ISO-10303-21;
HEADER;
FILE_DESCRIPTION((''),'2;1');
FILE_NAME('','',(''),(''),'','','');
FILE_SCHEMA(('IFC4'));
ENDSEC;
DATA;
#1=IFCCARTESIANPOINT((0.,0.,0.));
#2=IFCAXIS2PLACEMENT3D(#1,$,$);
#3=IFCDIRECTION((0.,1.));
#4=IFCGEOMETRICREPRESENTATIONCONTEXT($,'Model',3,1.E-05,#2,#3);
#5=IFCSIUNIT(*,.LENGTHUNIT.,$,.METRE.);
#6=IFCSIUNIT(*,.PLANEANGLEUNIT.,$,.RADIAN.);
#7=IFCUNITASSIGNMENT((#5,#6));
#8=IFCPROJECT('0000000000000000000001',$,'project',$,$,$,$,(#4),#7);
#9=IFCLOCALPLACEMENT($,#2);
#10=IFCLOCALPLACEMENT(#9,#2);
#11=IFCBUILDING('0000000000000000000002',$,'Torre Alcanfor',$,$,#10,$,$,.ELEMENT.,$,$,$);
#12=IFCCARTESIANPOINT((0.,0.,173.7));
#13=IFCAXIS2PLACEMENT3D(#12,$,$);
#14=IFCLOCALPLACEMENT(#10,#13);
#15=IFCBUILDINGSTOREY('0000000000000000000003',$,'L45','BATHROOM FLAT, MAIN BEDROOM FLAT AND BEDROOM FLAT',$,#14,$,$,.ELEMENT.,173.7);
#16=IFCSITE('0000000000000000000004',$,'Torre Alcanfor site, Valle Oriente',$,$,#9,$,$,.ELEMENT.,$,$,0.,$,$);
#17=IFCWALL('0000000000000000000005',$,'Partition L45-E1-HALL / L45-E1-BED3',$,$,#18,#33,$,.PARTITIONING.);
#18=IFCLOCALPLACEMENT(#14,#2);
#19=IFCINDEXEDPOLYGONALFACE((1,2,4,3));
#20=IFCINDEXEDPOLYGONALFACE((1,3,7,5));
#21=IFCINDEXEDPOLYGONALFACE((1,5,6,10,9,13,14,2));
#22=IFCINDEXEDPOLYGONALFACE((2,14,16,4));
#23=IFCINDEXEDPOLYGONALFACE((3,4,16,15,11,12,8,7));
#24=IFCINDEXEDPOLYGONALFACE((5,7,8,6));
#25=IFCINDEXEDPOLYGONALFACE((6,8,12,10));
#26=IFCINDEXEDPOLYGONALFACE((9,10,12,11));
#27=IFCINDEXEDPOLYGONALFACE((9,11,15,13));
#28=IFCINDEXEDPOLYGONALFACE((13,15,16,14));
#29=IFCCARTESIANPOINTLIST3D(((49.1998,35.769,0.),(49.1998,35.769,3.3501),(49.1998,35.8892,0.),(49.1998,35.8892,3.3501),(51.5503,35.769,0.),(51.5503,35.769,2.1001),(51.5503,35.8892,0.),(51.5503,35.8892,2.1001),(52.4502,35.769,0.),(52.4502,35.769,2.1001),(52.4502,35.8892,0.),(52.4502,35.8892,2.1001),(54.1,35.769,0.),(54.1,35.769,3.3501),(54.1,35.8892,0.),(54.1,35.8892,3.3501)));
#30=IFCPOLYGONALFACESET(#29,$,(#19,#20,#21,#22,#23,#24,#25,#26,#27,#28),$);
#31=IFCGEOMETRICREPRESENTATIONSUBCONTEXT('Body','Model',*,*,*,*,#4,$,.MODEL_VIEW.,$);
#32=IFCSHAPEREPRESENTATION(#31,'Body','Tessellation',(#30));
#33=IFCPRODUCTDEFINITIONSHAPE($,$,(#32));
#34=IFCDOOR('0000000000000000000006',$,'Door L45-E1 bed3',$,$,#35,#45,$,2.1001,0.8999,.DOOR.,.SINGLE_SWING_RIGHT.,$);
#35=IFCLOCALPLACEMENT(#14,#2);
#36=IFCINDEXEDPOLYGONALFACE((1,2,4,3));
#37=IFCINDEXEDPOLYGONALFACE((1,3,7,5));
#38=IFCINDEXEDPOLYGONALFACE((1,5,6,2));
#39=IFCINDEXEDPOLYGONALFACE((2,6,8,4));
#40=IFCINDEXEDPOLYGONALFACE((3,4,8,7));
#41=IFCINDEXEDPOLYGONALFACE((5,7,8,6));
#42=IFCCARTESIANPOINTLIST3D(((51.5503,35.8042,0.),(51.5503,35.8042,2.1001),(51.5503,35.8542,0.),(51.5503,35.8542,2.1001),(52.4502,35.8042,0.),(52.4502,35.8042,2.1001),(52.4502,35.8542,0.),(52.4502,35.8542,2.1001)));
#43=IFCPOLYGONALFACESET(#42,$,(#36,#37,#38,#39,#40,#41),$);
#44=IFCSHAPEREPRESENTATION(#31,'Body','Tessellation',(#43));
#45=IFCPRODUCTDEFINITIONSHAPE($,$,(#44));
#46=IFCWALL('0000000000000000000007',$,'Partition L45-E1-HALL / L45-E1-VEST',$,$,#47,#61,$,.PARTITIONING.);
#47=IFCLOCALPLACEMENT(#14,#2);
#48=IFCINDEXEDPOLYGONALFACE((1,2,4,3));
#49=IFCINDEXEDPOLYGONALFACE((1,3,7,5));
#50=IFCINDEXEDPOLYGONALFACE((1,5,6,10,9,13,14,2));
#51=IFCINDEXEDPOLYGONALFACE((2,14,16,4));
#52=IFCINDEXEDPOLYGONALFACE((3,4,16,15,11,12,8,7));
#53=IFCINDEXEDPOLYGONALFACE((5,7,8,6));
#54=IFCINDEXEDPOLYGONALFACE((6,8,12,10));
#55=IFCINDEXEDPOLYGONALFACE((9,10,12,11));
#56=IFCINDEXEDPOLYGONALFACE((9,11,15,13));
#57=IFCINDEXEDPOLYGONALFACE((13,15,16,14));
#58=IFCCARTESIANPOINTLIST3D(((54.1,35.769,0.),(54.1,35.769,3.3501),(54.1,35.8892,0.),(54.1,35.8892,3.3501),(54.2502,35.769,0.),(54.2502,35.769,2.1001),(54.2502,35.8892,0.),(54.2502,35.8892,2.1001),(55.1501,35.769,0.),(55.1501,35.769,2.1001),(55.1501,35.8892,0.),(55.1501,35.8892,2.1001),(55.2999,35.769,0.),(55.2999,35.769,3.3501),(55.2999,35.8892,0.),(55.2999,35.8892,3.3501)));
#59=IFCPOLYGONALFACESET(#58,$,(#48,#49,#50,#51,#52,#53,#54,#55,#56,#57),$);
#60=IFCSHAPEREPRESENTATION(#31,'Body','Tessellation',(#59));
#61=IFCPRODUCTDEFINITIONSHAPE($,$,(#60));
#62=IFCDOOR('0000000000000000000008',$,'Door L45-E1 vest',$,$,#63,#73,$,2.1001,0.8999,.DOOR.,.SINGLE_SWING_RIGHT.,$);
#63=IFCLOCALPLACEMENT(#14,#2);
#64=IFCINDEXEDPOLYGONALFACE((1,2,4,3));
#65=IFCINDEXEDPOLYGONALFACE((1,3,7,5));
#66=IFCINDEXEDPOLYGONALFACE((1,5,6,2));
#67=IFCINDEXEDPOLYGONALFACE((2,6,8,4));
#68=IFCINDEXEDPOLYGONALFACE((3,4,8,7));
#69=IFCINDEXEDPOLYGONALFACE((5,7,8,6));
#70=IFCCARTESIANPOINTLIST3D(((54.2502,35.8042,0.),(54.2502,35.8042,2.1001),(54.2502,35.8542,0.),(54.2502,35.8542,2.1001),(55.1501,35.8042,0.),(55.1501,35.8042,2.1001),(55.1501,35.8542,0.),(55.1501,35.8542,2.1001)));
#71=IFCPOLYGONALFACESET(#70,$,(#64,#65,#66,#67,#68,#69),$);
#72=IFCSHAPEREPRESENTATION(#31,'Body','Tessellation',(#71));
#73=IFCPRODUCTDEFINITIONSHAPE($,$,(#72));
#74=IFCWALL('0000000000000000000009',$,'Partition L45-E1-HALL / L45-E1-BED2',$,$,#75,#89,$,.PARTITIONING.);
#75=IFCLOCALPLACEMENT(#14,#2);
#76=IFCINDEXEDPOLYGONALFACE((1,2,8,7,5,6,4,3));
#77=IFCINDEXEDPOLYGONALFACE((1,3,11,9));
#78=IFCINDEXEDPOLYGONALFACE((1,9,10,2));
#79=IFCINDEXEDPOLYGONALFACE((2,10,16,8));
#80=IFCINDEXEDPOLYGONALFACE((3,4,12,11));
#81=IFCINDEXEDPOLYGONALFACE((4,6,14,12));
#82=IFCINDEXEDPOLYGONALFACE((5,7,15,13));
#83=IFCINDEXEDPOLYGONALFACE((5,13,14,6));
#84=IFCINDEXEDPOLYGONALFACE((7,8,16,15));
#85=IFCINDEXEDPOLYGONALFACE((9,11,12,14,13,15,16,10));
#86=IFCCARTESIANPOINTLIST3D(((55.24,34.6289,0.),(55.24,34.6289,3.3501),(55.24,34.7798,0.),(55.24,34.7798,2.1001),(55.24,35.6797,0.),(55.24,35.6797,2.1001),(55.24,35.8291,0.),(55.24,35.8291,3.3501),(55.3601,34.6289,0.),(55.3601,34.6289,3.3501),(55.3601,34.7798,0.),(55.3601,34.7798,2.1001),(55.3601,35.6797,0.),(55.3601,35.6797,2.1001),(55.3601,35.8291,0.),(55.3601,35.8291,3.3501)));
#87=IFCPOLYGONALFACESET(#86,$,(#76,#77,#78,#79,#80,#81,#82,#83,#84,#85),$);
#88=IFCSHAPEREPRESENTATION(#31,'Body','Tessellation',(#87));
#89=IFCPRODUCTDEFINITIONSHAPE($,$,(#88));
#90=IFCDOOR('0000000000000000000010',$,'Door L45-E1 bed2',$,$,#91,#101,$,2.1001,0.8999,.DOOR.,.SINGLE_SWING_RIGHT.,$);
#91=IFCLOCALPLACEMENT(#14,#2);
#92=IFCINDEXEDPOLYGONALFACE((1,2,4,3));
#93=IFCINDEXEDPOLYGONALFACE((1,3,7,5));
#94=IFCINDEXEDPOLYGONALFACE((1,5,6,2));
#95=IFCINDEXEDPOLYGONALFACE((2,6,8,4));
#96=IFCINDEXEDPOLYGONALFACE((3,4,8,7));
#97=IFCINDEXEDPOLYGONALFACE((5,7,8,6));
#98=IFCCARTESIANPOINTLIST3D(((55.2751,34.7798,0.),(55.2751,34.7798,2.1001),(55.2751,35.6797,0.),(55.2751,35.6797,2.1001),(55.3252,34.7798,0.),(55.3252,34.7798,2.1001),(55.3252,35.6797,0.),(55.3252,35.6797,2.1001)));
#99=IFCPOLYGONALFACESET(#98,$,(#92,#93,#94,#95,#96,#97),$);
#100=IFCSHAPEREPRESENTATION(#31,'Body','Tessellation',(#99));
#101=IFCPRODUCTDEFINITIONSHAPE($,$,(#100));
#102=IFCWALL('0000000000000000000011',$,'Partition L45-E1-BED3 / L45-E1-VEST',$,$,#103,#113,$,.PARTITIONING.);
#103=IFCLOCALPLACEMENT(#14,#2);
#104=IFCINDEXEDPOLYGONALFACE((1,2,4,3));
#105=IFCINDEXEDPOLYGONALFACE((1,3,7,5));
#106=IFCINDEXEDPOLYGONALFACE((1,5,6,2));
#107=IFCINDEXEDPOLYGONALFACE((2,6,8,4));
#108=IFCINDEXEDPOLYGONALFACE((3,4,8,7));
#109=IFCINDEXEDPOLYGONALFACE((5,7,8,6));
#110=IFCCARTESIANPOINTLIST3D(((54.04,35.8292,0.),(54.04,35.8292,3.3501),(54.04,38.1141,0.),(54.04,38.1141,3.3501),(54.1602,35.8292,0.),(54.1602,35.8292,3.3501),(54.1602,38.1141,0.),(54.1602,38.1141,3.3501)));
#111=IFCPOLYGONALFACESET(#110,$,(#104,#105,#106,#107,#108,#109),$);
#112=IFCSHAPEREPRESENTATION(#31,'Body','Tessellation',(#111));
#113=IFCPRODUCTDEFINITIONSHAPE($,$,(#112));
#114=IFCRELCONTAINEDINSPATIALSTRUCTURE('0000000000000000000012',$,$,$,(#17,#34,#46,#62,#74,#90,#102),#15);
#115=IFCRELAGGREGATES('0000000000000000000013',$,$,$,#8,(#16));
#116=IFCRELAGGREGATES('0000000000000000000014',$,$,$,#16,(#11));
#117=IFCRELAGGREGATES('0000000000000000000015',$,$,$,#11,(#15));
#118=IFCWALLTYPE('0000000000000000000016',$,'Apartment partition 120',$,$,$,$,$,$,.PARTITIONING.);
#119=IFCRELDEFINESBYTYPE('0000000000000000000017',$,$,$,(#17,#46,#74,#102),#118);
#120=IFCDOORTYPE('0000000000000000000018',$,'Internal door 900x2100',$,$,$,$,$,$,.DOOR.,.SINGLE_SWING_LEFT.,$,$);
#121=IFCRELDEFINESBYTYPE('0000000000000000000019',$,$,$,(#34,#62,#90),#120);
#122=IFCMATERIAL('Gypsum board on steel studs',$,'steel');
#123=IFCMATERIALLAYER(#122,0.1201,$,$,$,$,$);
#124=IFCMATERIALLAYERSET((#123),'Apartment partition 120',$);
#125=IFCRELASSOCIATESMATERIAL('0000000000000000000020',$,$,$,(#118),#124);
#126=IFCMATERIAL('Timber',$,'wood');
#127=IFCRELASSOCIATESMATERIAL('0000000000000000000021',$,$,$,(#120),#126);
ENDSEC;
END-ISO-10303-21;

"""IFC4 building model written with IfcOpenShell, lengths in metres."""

from ifc_helpers import new_model, si_unit, direction, frame, frame_2d, origin, place, context, subcontext, project, spatial, rectangle, extrude, material, layer, layer_set, type_object, element, fill, save


model = new_model("IFC4")

# Units and contexts
model_context = context("Model", 3, precision=1e-05, world=origin(), true_north=direction((0.0, 1.0)))
body_context = subcontext(model_context, "Body", "Model", "MODEL_VIEW")
ifc_project = project(units=[si_unit("LENGTHUNIT", "METRE"), si_unit("PLANEANGLEUNIT", "RADIAN")], contexts=[model_context])

# Site, building, storey
site_placement = place(None, origin())
site = spatial("IfcSite", under=ifc_project, at=site_placement, Name="Torre Alcanfor site, Valle Oriente", CompositionType="ELEMENT", RefElevation=0.0)
building_placement = place(site_placement, origin())
building = spatial("IfcBuilding", under=site, at=building_placement, Name="Torre Alcanfor", CompositionType="ELEMENT")
storey_placement = place(building_placement, frame((0.0, 0.0, 173.7)))
storey = spatial("IfcBuildingStorey", under=building, at=storey_placement, Name="L45", Description="BATHROOM FLAT, MAIN BEDROOM FLAT AND BEDROOM FLAT", CompositionType="ELEMENT", Elevation=173.7)

# Shared definitions
ifc_material_1 = material(Name="Gypsum board on steel studs", Category="steel")
ifc_layer_1 = layer(ifc_material_1, 0.1201)
ifc_layer_set_1 = layer_set([ifc_layer_1], Name="Apartment partition 120")
wall_type = type_object("IfcWallType", Name="Apartment partition 120", PredefinedType="PARTITIONING", material=ifc_layer_set_1)

# Shared definitions
ifc_material_2 = material(Name="Timber", Category="wood")
door_type = type_object("IfcDoorType", Name="Internal door 900x2100", OperationType="SINGLE_SWING_LEFT", PredefinedType="DOOR", material=ifc_material_2)

# Walls, openings, doors
wall_1_placement = place(storey_placement, frame((54.1001, 35.8291, 0.0), z_axis=(0.0, 0.0, 1.0), x_axis=(-1.0, 0.0, 0.0)))
wall_1 = element("IfcWall", 1, at=wall_1_placement, inside=storey, type_object=wall_type, Name="Partition L45-E1-HALL / L45-E1-BED3", PredefinedType="PARTITIONING", context=body_context, shape_type="SweptSolid", body=[
    extrude(rectangle(XDim=4.9001, YDim=0.1201, at=frame_2d((2.4502, 0.0))), origin(), (0.0, 0.0, 1.0), 3.3501),
])
opening_1_placement = place(wall_1_placement, frame((1.6499, 0.0, 0.0)))
opening_1 = element("IfcOpeningElement", 2, at=opening_1_placement, cuts=wall_1, PredefinedType="OPENING", context=body_context, shape_type="SweptSolid", body=[
    extrude(rectangle(XDim=0.8999, YDim=2.1001, at=frame_2d((0.45, 1.05))), frame((0.0, 0.0701, 0.0), z_axis=(0.0, -1.0, 0.0), x_axis=(1.0, 0.0, 0.0)), (0.0, 0.0, 1.0), 0.1401),
])
door_1_placement = place(opening_1_placement, frame((0.8999, 0.0, 0.0), z_axis=(0.0, 0.0, 1.0), x_axis=(-1.0, 0.0, 0.0)))
door_1 = element("IfcDoor", 3, at=door_1_placement, inside=storey, type_object=door_type, Name="Door L45-E1 bed3", OperationType="SINGLE_SWING_RIGHT", OverallHeight=2.1001, OverallWidth=0.8999, PredefinedType="DOOR", context=body_context, shape_type="SweptSolid", body=[
    extrude(rectangle(XDim=0.8999, YDim=2.1001, at=frame_2d((0.45, 1.05))), frame((0.0, 0.0251, 0.0), z_axis=(0.0, -1.0, 0.0), x_axis=(1.0, 0.0, 0.0)), (0.0, 0.0, 1.0), 0.05),
])
fill(opening_1, door_1)
wall_2_placement = place(storey_placement, frame((55.3, 35.8291, 0.0), z_axis=(0.0, 0.0, 1.0), x_axis=(-1.0, 0.0, 0.0)))
wall_2 = element("IfcWall", 4, at=wall_2_placement, inside=storey, type_object=wall_type, Name="Partition L45-E1-HALL / L45-E1-VEST", PredefinedType="PARTITIONING", context=body_context, shape_type="SweptSolid", body=[
    extrude(rectangle(XDim=1.2, YDim=0.1201, at=frame_2d((0.6001, 0.0))), origin(), (0.0, 0.0, 1.0), 3.3501),
])
opening_2_placement = place(wall_2_placement, frame((0.1499, 0.0, 0.0)))
opening_2 = element("IfcOpeningElement", 5, at=opening_2_placement, cuts=wall_2, PredefinedType="OPENING", context=body_context, shape_type="SweptSolid", body=[
    extrude(rectangle(XDim=0.8999, YDim=2.1001, at=frame_2d((0.45, 1.05))), frame((0.0, 0.0701, 0.0), z_axis=(0.0, -1.0, 0.0), x_axis=(1.0, 0.0, 0.0)), (0.0, 0.0, 1.0), 0.1401),
])
door_2_placement = place(opening_2_placement, frame((0.8999, 0.0, 0.0), z_axis=(0.0, 0.0, 1.0), x_axis=(-1.0, 0.0, 0.0)))
door_2 = element("IfcDoor", 6, at=door_2_placement, inside=storey, type_object=door_type, Name="Door L45-E1 vest", OperationType="SINGLE_SWING_RIGHT", OverallHeight=2.1001, OverallWidth=0.8999, PredefinedType="DOOR", context=body_context, shape_type="SweptSolid", body=[
    extrude(rectangle(XDim=0.8999, YDim=2.1001, at=frame_2d((0.45, 1.05))), frame((0.0, 0.0251, 0.0), z_axis=(0.0, -1.0, 0.0), x_axis=(1.0, 0.0, 0.0)), (0.0, 0.0, 1.0), 0.05),
])
fill(opening_2, door_2)
wall_3_placement = place(storey_placement, frame((55.3, 34.6289, 0.0), z_axis=(0.0, 0.0, 1.0), x_axis=(0.0, 1.0, 0.0)))
wall_3 = element("IfcWall", 7, at=wall_3_placement, inside=storey, type_object=wall_type, Name="Partition L45-E1-HALL / L45-E1-BED2", PredefinedType="PARTITIONING", context=body_context, shape_type="SweptSolid", body=[
    extrude(rectangle(XDim=1.2002, YDim=0.1201, at=frame_2d((0.6001, 0.0))), origin(), (0.0, 0.0, 1.0), 3.3501),
])
opening_3_placement = place(wall_3_placement, frame((0.1509, 0.0, 0.0)))
opening_3 = element("IfcOpeningElement", 8, at=opening_3_placement, cuts=wall_3, PredefinedType="OPENING", context=body_context, shape_type="SweptSolid", body=[
    extrude(rectangle(XDim=0.8999, YDim=2.1001, at=frame_2d((0.45, 1.05))), frame((0.0, 0.0701, 0.0), z_axis=(0.0, -1.0, 0.0), x_axis=(1.0, 0.0, 0.0)), (0.0, 0.0, 1.0), 0.1401),
])
door_3_placement = place(opening_3_placement, frame((0.8999, 0.0, 0.0), z_axis=(0.0, 0.0, 1.0), x_axis=(-1.0, 0.0, 0.0)))
door_3 = element("IfcDoor", 9, at=door_3_placement, inside=storey, type_object=door_type, Name="Door L45-E1 bed2", OperationType="SINGLE_SWING_RIGHT", OverallHeight=2.1001, OverallWidth=0.8999, PredefinedType="DOOR", context=body_context, shape_type="SweptSolid", body=[
    extrude(rectangle(XDim=0.8999, YDim=2.1001, at=frame_2d((0.45, 1.05))), frame((0.0, 0.0251, 0.0), z_axis=(0.0, -1.0, 0.0), x_axis=(1.0, 0.0, 0.0)), (0.0, 0.0, 1.0), 0.05),
])
fill(opening_3, door_3)

# Wall
wall_4_placement = place(storey_placement, frame((54.1001, 35.8291, 0.0), z_axis=(0.0, 0.0, 1.0), x_axis=(0.0, 1.0, 0.0)))
element("IfcWall", 10, at=wall_4_placement, inside=storey, type_object=wall_type, Name="Partition L45-E1-BED3 / L45-E1-VEST", PredefinedType="PARTITIONING", context=body_context, shape_type="SweptSolid", body=[
    extrude(rectangle(XDim=2.2849, YDim=0.1201, at=frame_2d((1.1426, 0.0))), origin(), (0.0, 0.0, 1.0), 3.3501),
])

save(model, "model.ifc")
